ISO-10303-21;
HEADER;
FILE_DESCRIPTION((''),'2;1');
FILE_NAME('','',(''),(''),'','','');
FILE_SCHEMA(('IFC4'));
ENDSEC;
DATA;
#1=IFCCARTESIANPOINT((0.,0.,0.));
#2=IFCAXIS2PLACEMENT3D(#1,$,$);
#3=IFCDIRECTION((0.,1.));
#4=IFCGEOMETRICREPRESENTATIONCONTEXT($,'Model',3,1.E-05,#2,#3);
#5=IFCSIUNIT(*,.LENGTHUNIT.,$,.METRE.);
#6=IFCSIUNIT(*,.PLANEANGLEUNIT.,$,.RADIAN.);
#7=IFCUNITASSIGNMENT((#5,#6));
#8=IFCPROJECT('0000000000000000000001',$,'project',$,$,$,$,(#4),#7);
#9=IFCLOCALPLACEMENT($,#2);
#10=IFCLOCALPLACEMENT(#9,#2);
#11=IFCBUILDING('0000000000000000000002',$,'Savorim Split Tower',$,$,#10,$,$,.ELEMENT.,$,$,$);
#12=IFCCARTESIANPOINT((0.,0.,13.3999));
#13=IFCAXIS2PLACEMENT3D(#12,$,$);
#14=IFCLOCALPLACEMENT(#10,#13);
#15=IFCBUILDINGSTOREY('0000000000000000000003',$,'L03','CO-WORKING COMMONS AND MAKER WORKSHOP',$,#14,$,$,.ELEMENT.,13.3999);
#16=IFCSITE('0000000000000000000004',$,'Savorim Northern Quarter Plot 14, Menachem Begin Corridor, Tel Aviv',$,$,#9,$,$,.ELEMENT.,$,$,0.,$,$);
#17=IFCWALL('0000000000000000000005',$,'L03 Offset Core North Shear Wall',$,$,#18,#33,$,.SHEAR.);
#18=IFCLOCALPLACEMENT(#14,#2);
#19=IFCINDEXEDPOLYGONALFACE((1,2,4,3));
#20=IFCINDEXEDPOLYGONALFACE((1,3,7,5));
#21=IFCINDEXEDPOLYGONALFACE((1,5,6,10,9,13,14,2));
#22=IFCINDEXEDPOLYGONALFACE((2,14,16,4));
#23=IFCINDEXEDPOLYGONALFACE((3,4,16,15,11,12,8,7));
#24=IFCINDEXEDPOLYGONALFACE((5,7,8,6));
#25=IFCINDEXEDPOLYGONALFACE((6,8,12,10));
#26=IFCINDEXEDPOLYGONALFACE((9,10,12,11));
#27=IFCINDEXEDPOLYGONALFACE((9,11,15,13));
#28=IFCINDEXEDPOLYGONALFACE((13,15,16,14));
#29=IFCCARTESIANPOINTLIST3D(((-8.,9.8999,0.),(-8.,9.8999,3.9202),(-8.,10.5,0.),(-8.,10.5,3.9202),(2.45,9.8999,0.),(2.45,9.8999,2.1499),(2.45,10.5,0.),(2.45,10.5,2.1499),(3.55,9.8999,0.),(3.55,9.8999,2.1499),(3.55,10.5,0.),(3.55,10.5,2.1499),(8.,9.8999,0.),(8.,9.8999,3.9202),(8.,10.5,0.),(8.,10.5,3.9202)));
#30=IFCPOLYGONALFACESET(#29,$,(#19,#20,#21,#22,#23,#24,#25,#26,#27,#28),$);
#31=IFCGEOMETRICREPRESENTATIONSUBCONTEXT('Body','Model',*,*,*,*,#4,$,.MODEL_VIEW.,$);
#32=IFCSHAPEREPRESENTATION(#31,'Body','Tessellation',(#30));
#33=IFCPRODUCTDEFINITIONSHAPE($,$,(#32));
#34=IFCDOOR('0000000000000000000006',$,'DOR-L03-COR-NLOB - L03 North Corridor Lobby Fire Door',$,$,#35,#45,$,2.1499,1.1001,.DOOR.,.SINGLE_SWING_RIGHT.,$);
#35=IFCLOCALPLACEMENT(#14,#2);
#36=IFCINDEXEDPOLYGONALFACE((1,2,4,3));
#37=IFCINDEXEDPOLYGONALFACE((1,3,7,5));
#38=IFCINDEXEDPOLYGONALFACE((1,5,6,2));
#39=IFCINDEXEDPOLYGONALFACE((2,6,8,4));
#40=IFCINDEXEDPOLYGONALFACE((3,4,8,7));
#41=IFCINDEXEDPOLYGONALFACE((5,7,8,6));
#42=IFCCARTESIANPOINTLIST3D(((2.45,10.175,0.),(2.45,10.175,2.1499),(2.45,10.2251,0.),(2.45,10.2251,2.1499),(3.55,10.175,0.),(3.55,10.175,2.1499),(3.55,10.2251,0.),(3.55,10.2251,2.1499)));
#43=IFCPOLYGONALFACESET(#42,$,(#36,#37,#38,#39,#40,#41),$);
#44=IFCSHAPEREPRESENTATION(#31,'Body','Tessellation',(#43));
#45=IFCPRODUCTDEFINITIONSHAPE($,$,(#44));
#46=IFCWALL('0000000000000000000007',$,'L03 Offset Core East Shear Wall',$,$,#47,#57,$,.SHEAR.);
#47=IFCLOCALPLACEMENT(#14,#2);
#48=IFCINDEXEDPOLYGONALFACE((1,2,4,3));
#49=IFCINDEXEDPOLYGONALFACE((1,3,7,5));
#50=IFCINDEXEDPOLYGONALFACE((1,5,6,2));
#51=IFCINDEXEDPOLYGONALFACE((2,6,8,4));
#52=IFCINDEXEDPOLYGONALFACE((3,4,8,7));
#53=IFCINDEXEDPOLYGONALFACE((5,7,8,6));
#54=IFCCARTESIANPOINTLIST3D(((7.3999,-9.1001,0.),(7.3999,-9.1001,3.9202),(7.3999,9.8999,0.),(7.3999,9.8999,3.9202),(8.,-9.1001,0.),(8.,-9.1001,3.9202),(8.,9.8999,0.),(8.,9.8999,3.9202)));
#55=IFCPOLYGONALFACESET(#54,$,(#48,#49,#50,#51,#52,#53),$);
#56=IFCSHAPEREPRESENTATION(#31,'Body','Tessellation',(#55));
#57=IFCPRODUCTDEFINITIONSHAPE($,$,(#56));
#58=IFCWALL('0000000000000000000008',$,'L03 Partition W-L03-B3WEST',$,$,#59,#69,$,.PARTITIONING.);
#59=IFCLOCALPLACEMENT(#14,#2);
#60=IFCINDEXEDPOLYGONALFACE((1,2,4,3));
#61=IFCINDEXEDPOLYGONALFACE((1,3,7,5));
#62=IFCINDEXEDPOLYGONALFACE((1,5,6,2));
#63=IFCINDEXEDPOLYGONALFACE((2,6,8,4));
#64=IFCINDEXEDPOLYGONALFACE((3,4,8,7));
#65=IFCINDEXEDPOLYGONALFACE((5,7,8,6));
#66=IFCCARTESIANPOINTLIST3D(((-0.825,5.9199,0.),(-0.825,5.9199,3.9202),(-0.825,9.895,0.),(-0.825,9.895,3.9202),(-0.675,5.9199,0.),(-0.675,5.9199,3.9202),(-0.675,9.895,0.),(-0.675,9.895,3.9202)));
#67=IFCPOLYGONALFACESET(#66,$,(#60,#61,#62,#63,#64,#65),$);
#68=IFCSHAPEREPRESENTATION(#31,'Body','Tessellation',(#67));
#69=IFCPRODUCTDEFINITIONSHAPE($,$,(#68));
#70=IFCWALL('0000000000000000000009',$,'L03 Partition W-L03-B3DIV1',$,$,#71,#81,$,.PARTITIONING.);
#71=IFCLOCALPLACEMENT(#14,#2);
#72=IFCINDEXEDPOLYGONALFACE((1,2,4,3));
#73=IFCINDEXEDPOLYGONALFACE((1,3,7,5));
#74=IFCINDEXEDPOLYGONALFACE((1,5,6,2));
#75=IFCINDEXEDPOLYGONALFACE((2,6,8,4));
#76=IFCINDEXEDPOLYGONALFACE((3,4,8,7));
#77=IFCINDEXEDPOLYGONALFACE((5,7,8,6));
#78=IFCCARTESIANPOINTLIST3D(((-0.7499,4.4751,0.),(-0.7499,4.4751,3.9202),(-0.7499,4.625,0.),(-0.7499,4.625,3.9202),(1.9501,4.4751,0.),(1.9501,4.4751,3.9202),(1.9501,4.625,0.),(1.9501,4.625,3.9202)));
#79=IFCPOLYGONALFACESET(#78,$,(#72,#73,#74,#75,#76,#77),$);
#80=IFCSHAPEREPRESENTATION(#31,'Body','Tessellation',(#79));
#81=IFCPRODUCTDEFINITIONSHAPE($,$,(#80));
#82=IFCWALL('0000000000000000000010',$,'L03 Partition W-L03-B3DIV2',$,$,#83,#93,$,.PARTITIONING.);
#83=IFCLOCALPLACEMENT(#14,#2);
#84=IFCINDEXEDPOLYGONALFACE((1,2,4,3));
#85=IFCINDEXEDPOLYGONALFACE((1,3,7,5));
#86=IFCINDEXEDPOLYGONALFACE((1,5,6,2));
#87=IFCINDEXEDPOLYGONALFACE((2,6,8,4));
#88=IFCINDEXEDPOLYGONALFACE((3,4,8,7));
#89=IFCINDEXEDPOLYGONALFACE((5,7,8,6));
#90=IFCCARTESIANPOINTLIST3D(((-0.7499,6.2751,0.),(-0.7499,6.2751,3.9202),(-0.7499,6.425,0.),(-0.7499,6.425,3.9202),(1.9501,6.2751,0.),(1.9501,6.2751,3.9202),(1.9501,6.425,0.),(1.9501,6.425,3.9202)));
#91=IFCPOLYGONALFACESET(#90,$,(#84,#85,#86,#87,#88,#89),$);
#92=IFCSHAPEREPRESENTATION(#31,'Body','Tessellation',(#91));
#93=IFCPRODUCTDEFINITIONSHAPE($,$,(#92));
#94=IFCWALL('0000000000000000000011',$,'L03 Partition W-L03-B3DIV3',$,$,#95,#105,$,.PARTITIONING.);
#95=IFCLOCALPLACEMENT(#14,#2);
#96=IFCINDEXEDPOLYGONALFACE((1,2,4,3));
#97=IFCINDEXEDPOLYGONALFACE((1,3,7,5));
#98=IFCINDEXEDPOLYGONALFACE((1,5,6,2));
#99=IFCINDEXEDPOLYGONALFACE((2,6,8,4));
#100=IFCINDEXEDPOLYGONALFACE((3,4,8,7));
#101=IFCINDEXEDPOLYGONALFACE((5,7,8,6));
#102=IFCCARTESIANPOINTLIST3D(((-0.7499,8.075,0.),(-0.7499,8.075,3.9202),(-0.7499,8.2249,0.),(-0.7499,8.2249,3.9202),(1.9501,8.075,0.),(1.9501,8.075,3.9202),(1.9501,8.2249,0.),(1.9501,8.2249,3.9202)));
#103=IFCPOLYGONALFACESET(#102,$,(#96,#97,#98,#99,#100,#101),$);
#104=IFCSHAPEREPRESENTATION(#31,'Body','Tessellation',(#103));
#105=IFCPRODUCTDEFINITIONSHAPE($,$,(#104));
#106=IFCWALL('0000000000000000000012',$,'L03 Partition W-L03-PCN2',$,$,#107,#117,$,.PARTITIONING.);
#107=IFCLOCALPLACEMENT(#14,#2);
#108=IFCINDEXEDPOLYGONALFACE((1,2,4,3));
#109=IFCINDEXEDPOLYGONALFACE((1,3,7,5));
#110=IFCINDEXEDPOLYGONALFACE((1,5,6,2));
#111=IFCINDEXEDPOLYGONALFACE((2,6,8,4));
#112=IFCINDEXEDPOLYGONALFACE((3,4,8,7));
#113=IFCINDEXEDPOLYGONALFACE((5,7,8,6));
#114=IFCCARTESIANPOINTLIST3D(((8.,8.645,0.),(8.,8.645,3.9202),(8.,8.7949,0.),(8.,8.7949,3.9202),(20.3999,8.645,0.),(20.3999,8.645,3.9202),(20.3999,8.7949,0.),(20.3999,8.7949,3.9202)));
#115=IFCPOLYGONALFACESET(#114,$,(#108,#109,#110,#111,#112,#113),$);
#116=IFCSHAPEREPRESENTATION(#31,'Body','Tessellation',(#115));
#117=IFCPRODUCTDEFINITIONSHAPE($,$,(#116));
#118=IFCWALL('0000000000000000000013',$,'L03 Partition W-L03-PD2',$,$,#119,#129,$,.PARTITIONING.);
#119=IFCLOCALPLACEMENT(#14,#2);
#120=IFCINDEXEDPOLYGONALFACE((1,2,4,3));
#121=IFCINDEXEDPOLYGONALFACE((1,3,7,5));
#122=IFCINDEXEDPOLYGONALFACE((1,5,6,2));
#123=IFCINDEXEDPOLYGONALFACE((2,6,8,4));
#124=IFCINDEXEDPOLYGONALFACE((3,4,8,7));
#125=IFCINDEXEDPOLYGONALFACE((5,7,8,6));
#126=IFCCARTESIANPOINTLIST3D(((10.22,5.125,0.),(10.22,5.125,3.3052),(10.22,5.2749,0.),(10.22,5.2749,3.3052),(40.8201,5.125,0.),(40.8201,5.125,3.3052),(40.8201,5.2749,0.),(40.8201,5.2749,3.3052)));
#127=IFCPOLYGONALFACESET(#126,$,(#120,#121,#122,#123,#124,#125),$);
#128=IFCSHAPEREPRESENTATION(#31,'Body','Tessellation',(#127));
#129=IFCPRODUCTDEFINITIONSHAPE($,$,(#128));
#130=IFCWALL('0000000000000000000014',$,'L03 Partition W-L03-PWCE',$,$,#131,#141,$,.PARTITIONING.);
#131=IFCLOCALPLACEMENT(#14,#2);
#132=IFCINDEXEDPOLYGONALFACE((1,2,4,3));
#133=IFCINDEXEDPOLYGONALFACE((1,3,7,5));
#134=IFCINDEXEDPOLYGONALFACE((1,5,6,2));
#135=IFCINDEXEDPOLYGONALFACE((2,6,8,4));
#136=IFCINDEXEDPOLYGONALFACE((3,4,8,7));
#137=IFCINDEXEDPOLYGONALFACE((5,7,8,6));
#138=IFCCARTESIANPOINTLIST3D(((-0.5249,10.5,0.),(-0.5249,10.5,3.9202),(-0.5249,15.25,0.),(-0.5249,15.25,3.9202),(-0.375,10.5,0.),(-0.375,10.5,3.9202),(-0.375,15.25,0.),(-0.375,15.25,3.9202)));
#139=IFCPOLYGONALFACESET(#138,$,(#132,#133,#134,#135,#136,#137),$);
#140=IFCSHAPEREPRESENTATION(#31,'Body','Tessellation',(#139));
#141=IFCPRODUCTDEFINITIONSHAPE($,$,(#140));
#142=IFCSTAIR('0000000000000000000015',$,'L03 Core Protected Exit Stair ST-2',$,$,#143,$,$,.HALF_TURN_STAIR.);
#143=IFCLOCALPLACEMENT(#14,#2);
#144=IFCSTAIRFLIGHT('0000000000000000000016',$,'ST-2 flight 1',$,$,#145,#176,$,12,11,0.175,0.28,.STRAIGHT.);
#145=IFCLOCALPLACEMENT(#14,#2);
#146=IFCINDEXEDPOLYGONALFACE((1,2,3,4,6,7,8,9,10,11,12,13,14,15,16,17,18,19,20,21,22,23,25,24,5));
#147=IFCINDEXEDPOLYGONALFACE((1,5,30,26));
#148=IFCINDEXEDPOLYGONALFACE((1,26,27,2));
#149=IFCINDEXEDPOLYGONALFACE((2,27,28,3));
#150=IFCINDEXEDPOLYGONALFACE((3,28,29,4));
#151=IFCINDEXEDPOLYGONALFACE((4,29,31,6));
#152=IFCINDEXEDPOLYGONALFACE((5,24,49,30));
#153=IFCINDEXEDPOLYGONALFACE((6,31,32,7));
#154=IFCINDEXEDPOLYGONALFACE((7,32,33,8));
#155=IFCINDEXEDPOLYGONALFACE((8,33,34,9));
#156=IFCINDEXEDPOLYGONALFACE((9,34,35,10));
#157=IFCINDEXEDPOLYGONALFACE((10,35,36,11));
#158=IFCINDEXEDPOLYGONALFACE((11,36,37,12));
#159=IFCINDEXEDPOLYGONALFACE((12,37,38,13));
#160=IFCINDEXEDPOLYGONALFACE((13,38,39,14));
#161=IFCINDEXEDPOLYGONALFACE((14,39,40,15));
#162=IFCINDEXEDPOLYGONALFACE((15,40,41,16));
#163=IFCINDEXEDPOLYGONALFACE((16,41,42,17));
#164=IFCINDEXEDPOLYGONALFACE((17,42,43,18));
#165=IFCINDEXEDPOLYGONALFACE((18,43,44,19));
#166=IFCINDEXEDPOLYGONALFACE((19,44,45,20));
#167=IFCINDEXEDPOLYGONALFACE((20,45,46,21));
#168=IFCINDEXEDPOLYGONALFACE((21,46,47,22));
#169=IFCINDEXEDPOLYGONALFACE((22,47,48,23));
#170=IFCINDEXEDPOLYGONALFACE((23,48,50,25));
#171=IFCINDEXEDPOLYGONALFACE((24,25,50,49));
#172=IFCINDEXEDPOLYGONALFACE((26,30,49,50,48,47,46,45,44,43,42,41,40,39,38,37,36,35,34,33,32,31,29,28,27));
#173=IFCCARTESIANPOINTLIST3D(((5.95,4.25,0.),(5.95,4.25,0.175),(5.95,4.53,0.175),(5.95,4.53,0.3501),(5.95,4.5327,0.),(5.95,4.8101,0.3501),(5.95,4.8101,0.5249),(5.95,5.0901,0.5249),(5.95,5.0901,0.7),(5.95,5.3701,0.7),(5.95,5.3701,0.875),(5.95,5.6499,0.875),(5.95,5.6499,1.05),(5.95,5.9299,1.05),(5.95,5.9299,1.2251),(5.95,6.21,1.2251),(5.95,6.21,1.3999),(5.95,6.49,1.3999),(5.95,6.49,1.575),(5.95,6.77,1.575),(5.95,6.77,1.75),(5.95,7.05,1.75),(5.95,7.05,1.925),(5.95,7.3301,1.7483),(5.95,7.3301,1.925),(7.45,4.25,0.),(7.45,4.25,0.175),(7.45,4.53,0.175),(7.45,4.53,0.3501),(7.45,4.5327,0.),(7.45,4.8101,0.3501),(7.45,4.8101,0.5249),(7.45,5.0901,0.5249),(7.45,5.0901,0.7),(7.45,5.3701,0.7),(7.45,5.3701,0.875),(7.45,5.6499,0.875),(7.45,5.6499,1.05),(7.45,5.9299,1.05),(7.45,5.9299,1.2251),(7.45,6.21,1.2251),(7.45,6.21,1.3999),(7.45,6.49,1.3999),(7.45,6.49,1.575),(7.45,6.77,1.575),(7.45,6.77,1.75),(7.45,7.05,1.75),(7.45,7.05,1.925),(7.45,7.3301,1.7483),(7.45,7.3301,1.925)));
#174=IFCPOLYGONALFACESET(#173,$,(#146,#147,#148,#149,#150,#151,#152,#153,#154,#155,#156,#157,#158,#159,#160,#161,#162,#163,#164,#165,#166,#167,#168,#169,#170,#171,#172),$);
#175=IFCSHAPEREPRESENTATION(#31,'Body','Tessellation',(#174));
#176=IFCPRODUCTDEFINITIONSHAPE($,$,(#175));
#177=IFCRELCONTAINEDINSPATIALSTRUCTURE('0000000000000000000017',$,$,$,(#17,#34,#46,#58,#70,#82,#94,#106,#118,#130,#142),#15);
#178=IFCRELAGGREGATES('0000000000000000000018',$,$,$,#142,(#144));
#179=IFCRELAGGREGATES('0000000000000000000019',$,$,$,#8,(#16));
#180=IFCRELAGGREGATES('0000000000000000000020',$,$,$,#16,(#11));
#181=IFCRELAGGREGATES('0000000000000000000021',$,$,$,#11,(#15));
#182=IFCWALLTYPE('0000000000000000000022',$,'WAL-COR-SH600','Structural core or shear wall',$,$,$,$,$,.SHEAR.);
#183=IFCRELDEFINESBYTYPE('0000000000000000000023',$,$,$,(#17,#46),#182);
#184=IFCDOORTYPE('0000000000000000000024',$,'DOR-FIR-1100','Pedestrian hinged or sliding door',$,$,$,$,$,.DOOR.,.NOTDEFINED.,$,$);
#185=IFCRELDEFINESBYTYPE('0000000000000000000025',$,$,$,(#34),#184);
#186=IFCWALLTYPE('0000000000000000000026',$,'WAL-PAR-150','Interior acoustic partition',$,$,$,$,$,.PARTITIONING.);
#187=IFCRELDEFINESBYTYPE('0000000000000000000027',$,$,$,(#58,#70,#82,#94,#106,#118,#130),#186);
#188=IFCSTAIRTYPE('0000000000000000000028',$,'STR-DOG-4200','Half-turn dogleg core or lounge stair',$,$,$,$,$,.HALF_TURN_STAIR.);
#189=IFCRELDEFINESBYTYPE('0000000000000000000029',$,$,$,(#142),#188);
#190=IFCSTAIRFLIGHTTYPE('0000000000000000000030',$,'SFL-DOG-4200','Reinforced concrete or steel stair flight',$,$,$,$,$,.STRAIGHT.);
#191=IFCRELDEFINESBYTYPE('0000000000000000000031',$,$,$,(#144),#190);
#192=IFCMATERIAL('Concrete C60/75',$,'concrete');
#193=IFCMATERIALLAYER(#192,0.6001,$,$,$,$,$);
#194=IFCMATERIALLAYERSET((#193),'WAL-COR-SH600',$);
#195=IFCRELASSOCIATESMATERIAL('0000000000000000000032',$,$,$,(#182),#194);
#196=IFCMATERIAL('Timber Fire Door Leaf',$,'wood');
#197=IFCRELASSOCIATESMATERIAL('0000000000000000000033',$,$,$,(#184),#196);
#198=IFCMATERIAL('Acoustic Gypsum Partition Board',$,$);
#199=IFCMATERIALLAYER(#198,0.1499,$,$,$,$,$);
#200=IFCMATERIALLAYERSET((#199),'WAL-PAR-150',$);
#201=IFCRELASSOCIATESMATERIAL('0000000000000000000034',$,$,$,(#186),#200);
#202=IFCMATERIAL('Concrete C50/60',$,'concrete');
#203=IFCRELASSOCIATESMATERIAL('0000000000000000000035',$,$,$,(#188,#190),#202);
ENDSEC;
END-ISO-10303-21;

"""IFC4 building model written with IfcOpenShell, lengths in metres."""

from ifc_helpers import new_model, si_unit, direction, frame, frame_2d, origin, place, context, subcontext, project, spatial, polyline, rectangle, outline, extrude, material, layer, layer_set, type_object, element, fill, aggregate, save


model = new_model("IFC4")

# Units and contexts
model_context = context("Model", 3, precision=1e-05, world=origin(), true_north=direction((0.0, 1.0)))
body_context = subcontext(model_context, "Body", "Model", "MODEL_VIEW")
ifc_project = project(units=[si_unit("LENGTHUNIT", "METRE"), si_unit("PLANEANGLEUNIT", "RADIAN")], contexts=[model_context])

# Site, building, storey
site_placement = place(None, origin())
site = spatial("IfcSite", under=ifc_project, at=site_placement, Name="Savorim Northern Quarter Plot 14, Menachem Begin Corridor, Tel Aviv", CompositionType="ELEMENT", RefElevation=0.0)
building_placement = place(site_placement, origin())
building = spatial("IfcBuilding", under=site, at=building_placement, Name="Savorim Split Tower", CompositionType="ELEMENT")
storey_placement = place(building_placement, frame((0.0, 0.0, 13.3999)))
storey = spatial("IfcBuildingStorey", under=building, at=storey_placement, Name="L03", Description="CO-WORKING COMMONS AND MAKER WORKSHOP", CompositionType="ELEMENT", Elevation=13.3999)

# Shared definitions
ifc_material_1 = material(Name="Concrete C60/75", Category="concrete")

# Wall, opening, door
ifc_layer_1 = layer(ifc_material_1, 0.6001)
ifc_layer_set_1 = layer_set([ifc_layer_1], Name="WAL-COR-SH600")
wall_type_1 = type_object("IfcWallType", Name="WAL-COR-SH600", Description="Structural core or shear wall", PredefinedType="SHEAR", material=ifc_layer_set_1)
wall_1_placement = place(storey_placement, frame((8.0, 10.2, 0.0), z_axis=(0.0, 0.0, 1.0), x_axis=(-1.0, 0.0, 0.0)))
wall_1 = element("IfcWall", 1, at=wall_1_placement, inside=storey, type_object=wall_type_1, Name="L03 Offset Core North Shear Wall", PredefinedType="SHEAR", context=body_context, shape_type="SweptSolid", body=[
    extrude(rectangle(XDim=16.0, YDim=0.6001, at=frame_2d((8.0, 0.0))), origin(), (0.0, 0.0, 1.0), 3.9202),
])
opening_placement = place(wall_1_placement, frame((4.45, 0.0, 0.0)))
opening = element("IfcOpeningElement", 2, at=opening_placement, cuts=wall_1, PredefinedType="OPENING", context=body_context, shape_type="SweptSolid", body=[
    extrude(rectangle(XDim=1.1001, YDim=2.1499, at=frame_2d((0.55, 1.075))), frame((0.0, 0.3101, 0.0), z_axis=(0.0, -1.0, 0.0), x_axis=(1.0, 0.0, 0.0)), (0.0, 0.0, 1.0), 0.6201),
])
ifc_material_2 = material(Name="Timber Fire Door Leaf", Category="wood")
door_type = type_object("IfcDoorType", Name="DOR-FIR-1100", Description="Pedestrian hinged or sliding door", OperationType="NOTDEFINED", PredefinedType="DOOR", material=ifc_material_2)
door_placement = place(opening_placement, origin())
door = element("IfcDoor", 3, at=door_placement, inside=storey, type_object=door_type, Name="DOR-L03-COR-NLOB - L03 North Corridor Lobby Fire Door", OperationType="SINGLE_SWING_RIGHT", OverallHeight=2.1499, OverallWidth=1.1001, PredefinedType="DOOR", context=body_context, shape_type="SweptSolid", body=[
    extrude(rectangle(XDim=1.1001, YDim=2.1499, at=frame_2d((0.55, 1.075))), frame((0.0, 0.0249, 0.0), z_axis=(0.0, -1.0, 0.0), x_axis=(1.0, 0.0, 0.0)), (0.0, 0.0, 1.0), 0.05),
])
fill(opening, door)

# Walls
wall_2_placement = place(storey_placement, frame((7.7, 9.8999, 0.0), z_axis=(0.0, 0.0, 1.0), x_axis=(0.0, -1.0, 0.0)))
element("IfcWall", 4, at=wall_2_placement, inside=storey, type_object=wall_type_1, Name="L03 Offset Core East Shear Wall", PredefinedType="SHEAR", context=body_context, shape_type="SweptSolid", body=[
    extrude(rectangle(XDim=19.0, YDim=0.6001, at=frame_2d((9.5, 0.0))), origin(), (0.0, 0.0, 1.0), 3.9202),
])
ifc_material_3 = material(Name="Acoustic Gypsum Partition Board")
ifc_layer_2 = layer(ifc_material_3, 0.1499)
ifc_layer_set_2 = layer_set([ifc_layer_2], Name="WAL-PAR-150")
wall_type_2 = type_object("IfcWallType", Name="WAL-PAR-150", Description="Interior acoustic partition", PredefinedType="PARTITIONING", material=ifc_layer_set_2)
wall_3_placement = place(storey_placement, frame((-0.75, 5.9199, 0.0), z_axis=(0.0, 0.0, 1.0), x_axis=(0.0, 1.0, 0.0)))
element("IfcWall", 5, at=wall_3_placement, inside=storey, type_object=wall_type_2, Name="L03 Partition W-L03-B3WEST", PredefinedType="PARTITIONING", context=body_context, shape_type="SweptSolid", body=[
    extrude(rectangle(XDim=3.9751, YDim=0.1499, at=frame_2d((1.9875, 0.0))), origin(), (0.0, 0.0, 1.0), 3.9202),
])
for number, where, z_axis, x_axis, name in (
    (6, (-0.75, 4.55, 0.0), (0.0, 0.0, 1.0), (1.0, 0.0, 0.0), "L03 Partition W-L03-B3DIV1"),
    (7, (-0.75, 6.3501, 0.0), (0.0, 0.0, 1.0), (1.0, 0.0, 0.0), "L03 Partition W-L03-B3DIV2"),
    (8, (-0.75, 8.1499, 0.0), (0.0, 0.0, 1.0), (1.0, 0.0, 0.0), "L03 Partition W-L03-B3DIV3"),
):
    element("IfcWall", number, at=place(storey_placement, frame(where, z_axis=z_axis, x_axis=x_axis)), inside=storey, type_object=wall_type_2, Name=name, PredefinedType="PARTITIONING", context=body_context, shape_type="SweptSolid", body=[
        extrude(rectangle(XDim=2.7, YDim=0.1499, at=frame_2d((1.3501, 0.0))), origin(), (0.0, 0.0, 1.0), 3.9202),
    ])
wall_4_placement = place(storey_placement, frame((8.0, 8.72, 0.0), z_axis=(0.0, 0.0, 1.0), x_axis=(1.0, 0.0, 0.0)))
element("IfcWall", 9, at=wall_4_placement, inside=storey, type_object=wall_type_2, Name="L03 Partition W-L03-PCN2", PredefinedType="PARTITIONING", context=body_context, shape_type="SweptSolid", body=[
    extrude(rectangle(XDim=12.3999, YDim=0.1499, at=frame_2d((6.2, 0.0))), origin(), (0.0, 0.0, 1.0), 3.9202),
])
wall_5_placement = place(storey_placement, frame((10.22, 5.2, 0.0), z_axis=(0.0, 0.0, 1.0), x_axis=(1.0, 0.0, 0.0)))
element("IfcWall", 10, at=wall_5_placement, inside=storey, type_object=wall_type_2, Name="L03 Partition W-L03-PD2", PredefinedType="PARTITIONING", context=body_context, shape_type="SweptSolid", body=[
    extrude(rectangle(XDim=30.6001, YDim=0.1499, at=frame_2d((15.3, 0.0))), origin(), (0.0, 0.0, 1.0), 3.3052),
])
wall_6_placement = place(storey_placement, frame((-0.45, 10.5, 0.0), z_axis=(0.0, 0.0, 1.0), x_axis=(0.0, 1.0, 0.0)))
element("IfcWall", 11, at=wall_6_placement, inside=storey, type_object=wall_type_2, Name="L03 Partition W-L03-PWCE", PredefinedType="PARTITIONING", context=body_context, shape_type="SweptSolid", body=[
    extrude(rectangle(XDim=4.75, YDim=0.1499, at=frame_2d((2.375, 0.0))), origin(), (0.0, 0.0, 1.0), 3.9202),
])

# Stair, stair flight
ifc_material_4 = material(Name="Concrete C50/60", Category="concrete")
stair_type = type_object("IfcStairType", Name="STR-DOG-4200", Description="Half-turn dogleg core or lounge stair", PredefinedType="HALF_TURN_STAIR", material=ifc_material_4)
stair_placement = place(storey_placement, origin())
stair = element("IfcStair", 12, at=stair_placement, inside=storey, type_object=stair_type, Name="L03 Core Protected Exit Stair ST-2", PredefinedType="HALF_TURN_STAIR")
stair_flight_type = type_object("IfcStairFlightType", Name="SFL-DOG-4200", Description="Reinforced concrete or steel stair flight", PredefinedType="STRAIGHT", material=ifc_material_4)
stair_flight_1_placement = place(storey_placement, frame((6.7, 4.25, 0.0), z_axis=(0.0, 0.0, 1.0), x_axis=(0.0, 1.0, 0.0)))
stair_flight_1 = element("IfcStairFlight", 13, at=stair_flight_1_placement, type_object=stair_flight_type, Name="ST-2 flight 1", NumberOfRisers=12, NumberOfTreads=11, PredefinedType="STRAIGHT", RiserHeight=0.175, TreadLength=0.28, context=body_context, shape_type="SweptSolid", body=[
    extrude(outline(polyline([(0.0, 0.0), (0.0, 0.175), (0.28, 0.175), (0.28, 0.3501), (0.5601, 0.3501), (0.5601, 0.5249), (0.8401, 0.5249), (0.8401, 0.7), (1.1201, 0.7), (1.1201, 0.875), (1.3999, 0.875), (1.3999, 1.05), (1.6799, 1.05), (1.6799, 1.2251), (1.96, 1.2251), (1.96, 1.3999), (2.24, 1.3999), (2.24, 1.575), (2.52, 1.575), (2.52, 1.75), (2.8, 1.75), (2.8, 1.925), (3.0801, 1.925), (3.0801, 2.1001), (3.0801, 1.7483), (0.2827, 0.0), (0.0, 0.0)])), frame((0.0, 0.75, 0.0), z_axis=(0.0, -1.0, 0.0), x_axis=(1.0, 0.0, 0.0)), (0.0, 0.0, 1.0), 1.5),
])
aggregate(stair, [stair_flight_1])

save(model, "model.ifc")
